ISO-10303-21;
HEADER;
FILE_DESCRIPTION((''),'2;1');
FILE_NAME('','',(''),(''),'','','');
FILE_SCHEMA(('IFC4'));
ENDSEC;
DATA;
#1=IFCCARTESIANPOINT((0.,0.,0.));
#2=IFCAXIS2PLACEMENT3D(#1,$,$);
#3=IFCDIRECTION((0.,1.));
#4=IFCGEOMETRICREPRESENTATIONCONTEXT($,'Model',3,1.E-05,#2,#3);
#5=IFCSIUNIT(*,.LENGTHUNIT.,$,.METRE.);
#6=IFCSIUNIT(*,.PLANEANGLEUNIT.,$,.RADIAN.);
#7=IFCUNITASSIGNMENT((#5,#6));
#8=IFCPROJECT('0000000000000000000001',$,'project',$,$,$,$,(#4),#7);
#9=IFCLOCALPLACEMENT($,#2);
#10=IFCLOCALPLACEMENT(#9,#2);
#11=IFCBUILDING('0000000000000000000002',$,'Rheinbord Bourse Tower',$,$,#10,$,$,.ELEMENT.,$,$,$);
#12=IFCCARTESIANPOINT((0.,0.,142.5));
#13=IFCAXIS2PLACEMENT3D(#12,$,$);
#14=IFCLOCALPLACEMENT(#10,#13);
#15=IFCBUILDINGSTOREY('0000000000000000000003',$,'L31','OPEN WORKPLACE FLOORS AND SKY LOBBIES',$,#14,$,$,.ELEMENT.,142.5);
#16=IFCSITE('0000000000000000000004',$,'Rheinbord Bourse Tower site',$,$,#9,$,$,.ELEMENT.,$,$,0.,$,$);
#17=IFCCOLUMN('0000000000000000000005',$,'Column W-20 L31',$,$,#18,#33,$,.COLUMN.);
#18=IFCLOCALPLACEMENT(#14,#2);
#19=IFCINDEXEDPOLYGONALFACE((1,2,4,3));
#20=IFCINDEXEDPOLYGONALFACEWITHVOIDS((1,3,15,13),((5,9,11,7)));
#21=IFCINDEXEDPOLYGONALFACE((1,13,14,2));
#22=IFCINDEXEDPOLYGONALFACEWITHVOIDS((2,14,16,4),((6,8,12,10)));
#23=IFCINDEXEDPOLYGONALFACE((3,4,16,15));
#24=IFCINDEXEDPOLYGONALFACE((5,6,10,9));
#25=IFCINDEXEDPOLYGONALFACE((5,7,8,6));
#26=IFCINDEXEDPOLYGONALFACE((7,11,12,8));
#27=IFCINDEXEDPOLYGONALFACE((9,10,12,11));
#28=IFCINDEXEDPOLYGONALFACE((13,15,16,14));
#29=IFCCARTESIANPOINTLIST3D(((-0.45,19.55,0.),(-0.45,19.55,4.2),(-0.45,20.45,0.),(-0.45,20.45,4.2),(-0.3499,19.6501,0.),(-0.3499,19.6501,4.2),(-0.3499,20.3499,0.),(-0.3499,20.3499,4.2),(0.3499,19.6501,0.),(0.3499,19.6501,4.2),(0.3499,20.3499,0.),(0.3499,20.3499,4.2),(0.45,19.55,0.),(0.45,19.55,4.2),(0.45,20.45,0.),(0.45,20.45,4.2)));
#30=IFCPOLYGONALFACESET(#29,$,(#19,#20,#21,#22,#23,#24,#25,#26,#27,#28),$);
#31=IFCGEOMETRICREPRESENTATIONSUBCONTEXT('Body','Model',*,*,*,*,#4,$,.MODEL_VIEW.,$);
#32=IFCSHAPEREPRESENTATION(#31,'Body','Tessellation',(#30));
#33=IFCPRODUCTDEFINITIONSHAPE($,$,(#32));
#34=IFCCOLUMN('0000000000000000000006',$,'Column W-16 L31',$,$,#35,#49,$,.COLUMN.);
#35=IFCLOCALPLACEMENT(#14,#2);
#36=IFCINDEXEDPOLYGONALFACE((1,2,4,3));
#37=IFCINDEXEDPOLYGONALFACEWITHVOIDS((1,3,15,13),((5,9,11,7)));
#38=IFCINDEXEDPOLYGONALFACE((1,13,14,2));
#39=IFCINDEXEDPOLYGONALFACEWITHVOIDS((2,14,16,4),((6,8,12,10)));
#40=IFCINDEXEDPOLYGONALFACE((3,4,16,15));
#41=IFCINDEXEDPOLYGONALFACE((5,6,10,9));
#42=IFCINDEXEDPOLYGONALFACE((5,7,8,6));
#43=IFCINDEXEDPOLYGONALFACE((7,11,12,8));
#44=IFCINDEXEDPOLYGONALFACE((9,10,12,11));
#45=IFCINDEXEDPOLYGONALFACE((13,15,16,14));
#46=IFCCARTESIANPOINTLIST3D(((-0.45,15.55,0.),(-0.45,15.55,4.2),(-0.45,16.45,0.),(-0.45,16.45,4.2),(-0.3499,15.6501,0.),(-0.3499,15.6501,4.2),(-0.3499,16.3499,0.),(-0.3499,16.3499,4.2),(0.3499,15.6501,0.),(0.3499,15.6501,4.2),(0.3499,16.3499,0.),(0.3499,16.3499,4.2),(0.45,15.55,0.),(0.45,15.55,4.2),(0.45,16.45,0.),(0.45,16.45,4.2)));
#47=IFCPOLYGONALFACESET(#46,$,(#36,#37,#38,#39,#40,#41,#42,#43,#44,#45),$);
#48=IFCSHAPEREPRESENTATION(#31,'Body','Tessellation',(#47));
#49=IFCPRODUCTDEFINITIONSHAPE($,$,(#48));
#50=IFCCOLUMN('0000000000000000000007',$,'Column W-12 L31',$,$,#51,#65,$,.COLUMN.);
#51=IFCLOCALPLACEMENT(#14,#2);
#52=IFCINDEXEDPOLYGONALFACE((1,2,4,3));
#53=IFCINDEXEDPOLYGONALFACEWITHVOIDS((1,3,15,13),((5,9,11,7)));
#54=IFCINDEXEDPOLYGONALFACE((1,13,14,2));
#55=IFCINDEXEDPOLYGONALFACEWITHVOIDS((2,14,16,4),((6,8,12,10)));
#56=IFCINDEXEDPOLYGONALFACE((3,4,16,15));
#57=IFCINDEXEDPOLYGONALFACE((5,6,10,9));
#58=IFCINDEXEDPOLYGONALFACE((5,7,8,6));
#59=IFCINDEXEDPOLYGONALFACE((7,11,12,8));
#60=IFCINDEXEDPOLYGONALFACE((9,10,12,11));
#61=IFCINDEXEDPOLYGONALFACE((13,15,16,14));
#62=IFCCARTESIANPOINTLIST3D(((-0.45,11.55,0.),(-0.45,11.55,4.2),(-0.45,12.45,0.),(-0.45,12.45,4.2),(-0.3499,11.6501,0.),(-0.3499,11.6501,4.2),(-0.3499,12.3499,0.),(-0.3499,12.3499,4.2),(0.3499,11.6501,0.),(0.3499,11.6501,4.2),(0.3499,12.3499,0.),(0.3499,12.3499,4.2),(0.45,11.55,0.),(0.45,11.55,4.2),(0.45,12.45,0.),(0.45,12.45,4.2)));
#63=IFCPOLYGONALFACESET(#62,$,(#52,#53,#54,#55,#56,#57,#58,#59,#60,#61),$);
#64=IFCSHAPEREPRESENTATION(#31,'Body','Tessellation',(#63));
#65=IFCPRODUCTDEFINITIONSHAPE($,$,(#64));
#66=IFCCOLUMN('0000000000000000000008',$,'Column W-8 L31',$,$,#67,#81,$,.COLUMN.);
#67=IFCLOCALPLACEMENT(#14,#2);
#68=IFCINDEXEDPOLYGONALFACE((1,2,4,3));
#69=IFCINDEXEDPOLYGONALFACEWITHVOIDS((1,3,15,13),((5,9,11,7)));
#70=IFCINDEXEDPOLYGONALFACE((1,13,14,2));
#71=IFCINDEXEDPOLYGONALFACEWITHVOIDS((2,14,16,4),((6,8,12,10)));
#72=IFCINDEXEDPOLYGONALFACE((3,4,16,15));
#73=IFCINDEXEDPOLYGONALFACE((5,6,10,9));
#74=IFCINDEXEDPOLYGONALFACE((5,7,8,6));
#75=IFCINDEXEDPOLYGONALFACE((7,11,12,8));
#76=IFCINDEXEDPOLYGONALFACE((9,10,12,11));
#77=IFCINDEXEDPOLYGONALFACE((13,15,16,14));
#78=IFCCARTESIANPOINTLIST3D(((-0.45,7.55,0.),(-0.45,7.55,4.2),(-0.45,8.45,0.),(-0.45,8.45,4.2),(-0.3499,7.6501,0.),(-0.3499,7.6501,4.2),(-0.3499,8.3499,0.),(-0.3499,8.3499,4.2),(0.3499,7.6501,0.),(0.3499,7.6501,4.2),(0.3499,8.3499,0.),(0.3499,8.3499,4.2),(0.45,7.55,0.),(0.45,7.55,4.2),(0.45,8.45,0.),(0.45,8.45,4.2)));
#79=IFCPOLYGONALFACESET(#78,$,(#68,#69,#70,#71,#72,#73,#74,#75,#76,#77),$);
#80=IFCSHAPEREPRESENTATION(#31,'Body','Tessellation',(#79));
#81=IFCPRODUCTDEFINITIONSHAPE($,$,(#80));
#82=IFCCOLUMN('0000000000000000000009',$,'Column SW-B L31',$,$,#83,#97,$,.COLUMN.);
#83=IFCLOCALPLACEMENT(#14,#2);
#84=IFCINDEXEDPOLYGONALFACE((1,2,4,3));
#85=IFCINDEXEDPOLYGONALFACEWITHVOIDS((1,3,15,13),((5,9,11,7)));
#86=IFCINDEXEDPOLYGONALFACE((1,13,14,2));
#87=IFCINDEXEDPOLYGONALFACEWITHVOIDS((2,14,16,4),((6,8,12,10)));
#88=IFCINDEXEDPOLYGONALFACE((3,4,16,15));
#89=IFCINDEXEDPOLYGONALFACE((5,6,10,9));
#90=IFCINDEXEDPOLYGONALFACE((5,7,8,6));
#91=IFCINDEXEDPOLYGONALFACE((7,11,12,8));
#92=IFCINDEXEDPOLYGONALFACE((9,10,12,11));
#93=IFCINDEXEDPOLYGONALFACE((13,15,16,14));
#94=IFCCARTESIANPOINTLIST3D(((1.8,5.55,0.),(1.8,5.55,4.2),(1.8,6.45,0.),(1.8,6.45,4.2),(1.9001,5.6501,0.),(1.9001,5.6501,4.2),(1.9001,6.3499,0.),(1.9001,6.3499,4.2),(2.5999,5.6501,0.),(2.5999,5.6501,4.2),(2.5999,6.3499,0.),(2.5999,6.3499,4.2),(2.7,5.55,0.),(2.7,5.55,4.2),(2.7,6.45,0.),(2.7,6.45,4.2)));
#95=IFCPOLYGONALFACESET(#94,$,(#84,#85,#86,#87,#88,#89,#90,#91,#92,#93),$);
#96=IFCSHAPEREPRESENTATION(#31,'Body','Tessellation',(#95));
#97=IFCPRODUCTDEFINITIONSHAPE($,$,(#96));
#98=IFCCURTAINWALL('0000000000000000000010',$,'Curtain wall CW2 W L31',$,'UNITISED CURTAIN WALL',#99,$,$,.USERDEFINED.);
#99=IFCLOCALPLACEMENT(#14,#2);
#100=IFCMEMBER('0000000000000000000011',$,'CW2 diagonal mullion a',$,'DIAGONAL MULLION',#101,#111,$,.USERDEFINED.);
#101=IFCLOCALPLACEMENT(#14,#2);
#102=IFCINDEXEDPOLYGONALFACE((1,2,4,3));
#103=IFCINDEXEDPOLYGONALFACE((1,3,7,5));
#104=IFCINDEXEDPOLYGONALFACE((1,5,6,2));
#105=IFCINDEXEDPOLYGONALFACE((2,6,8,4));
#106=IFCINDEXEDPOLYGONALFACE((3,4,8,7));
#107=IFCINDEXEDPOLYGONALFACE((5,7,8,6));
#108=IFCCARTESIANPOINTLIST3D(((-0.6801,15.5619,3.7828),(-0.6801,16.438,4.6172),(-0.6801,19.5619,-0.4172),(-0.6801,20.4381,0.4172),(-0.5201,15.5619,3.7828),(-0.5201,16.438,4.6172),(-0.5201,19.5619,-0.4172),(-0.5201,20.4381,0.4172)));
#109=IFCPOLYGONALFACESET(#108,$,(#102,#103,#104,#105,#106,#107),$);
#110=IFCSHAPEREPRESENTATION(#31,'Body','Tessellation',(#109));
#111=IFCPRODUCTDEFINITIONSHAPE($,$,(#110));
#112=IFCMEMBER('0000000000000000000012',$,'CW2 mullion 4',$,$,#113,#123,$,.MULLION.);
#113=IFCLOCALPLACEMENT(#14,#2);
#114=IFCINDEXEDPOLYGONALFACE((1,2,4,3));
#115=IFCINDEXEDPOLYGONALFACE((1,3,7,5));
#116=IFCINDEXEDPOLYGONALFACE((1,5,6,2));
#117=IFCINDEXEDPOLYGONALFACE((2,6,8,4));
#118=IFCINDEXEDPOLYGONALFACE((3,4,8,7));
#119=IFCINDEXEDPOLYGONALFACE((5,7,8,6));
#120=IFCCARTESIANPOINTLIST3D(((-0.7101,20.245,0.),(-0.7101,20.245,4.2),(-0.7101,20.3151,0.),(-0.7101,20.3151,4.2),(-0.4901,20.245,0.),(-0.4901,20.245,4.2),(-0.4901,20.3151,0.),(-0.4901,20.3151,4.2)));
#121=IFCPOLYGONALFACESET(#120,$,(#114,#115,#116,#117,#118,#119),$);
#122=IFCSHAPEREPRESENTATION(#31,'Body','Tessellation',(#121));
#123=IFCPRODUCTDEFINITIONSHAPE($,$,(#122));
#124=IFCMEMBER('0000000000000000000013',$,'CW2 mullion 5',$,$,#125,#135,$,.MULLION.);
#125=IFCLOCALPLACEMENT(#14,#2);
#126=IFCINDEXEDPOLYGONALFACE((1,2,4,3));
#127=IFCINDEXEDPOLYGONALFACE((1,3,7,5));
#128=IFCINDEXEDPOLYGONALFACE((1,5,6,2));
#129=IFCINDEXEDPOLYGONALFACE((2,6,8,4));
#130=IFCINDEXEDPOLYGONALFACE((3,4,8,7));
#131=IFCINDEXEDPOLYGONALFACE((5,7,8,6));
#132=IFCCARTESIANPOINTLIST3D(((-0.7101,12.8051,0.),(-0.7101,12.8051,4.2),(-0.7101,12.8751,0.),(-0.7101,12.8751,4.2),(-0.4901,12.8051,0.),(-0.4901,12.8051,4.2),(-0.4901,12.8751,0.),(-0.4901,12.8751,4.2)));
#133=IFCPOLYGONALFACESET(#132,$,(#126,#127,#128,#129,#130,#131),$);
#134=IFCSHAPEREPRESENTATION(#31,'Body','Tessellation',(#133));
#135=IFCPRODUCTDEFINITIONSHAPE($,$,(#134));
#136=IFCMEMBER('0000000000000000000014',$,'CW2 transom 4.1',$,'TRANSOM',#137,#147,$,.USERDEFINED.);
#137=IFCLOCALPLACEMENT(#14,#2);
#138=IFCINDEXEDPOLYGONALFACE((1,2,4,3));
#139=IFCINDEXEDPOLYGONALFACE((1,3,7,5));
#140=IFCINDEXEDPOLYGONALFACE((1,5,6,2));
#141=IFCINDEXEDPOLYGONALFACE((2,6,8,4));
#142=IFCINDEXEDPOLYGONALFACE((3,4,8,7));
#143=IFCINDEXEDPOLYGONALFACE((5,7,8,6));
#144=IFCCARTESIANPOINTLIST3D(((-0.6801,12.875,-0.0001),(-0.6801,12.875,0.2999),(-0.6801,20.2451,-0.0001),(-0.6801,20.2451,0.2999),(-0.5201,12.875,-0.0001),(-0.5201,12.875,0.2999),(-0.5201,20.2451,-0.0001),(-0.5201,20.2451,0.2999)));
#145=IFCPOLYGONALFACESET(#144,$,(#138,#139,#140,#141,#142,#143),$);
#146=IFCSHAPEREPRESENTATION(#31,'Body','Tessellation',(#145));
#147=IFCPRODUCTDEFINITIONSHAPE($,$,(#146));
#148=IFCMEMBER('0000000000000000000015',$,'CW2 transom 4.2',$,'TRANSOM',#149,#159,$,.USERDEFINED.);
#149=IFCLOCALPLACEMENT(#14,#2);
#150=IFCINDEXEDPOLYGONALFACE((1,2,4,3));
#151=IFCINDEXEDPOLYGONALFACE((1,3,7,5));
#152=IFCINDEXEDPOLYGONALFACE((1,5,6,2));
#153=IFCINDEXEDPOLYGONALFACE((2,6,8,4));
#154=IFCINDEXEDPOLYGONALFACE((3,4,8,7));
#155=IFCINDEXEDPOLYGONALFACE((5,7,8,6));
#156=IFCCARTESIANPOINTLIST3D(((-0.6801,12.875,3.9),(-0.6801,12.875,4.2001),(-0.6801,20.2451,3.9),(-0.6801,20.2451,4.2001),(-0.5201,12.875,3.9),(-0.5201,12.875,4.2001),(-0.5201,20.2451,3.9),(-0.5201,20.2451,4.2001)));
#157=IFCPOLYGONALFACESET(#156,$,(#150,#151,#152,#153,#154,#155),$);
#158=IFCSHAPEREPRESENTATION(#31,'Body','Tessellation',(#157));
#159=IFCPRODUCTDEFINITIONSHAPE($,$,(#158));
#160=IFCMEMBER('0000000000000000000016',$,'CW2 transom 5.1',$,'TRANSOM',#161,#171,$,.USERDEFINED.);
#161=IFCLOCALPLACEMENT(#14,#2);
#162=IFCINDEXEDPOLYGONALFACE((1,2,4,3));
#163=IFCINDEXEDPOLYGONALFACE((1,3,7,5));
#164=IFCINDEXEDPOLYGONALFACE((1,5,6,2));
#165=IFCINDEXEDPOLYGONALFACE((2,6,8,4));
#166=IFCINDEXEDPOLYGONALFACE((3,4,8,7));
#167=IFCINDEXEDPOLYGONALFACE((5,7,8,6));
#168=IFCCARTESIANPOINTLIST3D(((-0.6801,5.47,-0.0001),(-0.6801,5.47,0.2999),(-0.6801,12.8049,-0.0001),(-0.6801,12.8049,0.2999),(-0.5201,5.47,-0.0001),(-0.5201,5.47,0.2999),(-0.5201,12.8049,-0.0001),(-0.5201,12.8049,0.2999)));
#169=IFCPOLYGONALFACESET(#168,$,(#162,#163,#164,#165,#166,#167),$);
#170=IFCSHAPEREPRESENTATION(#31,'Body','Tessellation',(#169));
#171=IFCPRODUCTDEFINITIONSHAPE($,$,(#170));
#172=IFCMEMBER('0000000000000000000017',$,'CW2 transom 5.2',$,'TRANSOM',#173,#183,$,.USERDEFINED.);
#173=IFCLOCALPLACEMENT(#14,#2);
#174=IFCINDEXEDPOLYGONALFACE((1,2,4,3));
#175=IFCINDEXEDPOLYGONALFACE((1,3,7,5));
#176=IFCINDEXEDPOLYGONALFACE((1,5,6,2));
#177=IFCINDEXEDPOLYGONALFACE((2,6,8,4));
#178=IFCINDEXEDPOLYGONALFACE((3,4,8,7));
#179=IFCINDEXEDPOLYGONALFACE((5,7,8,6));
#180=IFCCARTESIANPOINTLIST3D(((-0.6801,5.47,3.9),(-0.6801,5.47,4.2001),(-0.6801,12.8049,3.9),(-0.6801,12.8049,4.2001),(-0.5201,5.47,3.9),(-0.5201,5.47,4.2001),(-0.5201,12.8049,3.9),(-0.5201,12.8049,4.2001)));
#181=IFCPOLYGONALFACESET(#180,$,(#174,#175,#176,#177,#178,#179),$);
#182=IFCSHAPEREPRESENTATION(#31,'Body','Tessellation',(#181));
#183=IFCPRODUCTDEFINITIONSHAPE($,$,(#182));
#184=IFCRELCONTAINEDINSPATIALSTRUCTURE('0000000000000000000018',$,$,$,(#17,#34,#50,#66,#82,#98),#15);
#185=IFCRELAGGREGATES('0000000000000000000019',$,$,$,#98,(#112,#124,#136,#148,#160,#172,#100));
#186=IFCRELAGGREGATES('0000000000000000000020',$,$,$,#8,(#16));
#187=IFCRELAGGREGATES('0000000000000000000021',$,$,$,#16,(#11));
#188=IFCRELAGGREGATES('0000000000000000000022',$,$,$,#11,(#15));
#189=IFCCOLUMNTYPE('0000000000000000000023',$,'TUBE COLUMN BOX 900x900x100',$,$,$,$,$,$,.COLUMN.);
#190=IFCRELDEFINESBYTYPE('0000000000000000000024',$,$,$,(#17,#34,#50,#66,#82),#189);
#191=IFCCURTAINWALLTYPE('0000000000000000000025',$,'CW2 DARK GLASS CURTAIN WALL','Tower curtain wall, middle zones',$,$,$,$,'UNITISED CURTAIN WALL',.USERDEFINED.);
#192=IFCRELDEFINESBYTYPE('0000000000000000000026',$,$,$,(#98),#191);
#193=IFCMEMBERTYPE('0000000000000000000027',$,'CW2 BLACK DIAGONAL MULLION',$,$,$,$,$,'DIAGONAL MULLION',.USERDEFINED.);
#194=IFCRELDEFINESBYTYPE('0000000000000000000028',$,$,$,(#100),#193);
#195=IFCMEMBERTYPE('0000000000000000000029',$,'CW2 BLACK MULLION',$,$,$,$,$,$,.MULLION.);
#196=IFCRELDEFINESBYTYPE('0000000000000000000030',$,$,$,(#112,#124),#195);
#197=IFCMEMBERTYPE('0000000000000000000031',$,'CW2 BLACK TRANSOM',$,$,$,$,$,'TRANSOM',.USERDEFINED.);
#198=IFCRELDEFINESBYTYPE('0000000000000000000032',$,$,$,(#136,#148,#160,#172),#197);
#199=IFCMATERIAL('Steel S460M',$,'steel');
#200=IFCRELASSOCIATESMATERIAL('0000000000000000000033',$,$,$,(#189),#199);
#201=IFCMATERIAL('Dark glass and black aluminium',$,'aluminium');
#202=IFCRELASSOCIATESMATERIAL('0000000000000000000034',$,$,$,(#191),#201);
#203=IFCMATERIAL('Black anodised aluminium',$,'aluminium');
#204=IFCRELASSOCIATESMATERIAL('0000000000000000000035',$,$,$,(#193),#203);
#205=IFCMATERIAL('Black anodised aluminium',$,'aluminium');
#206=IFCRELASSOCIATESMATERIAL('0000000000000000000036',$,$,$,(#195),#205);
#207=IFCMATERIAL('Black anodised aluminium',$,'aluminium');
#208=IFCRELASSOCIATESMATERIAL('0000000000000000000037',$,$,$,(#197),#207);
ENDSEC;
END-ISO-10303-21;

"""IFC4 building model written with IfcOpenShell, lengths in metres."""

from ifc_helpers import new_model, si_unit, direction, frame, origin, origin_2d, place, context, subcontext, project, spatial, rectangle, hollow_rectangle, extrude, material, material_profile, profile_set, type_object, element, aggregate, save


model = new_model("IFC4")

# Units and contexts
model_context = context("Model", 3, precision=1e-05, world=origin(), true_north=direction((0.0, 1.0)))
body_context = subcontext(model_context, "Body", "Model", "MODEL_VIEW")
ifc_project = project(units=[si_unit("LENGTHUNIT", "METRE"), si_unit("PLANEANGLEUNIT", "RADIAN")], contexts=[model_context])

# Site, building, storey
site_placement = place(None, origin())
site = spatial("IfcSite", under=ifc_project, at=site_placement, Name="Rheinbord Bourse Tower site", CompositionType="ELEMENT", RefElevation=0.0)
building_placement = place(site_placement, origin())
building = spatial("IfcBuilding", under=site, at=building_placement, Name="Rheinbord Bourse Tower", CompositionType="ELEMENT")
storey_placement = place(building_placement, frame((0.0, 0.0, 142.5)))
storey = spatial("IfcBuildingStorey", under=building, at=storey_placement, Name="L31", Description="OPEN WORKPLACE FLOORS AND SKY LOBBIES", CompositionType="ELEMENT", Elevation=142.5)

# Columns
ifc_material_1 = material(Name="Steel S460M", Category="steel")
ifc_material_profile_1 = material_profile(ifc_material_1, hollow_rectangle(XDim=0.8999, YDim=0.8999, WallThickness=0.1001, at=origin_2d()), Name="BOX 900x900x100")
ifc_profile_set_1 = profile_set([ifc_material_profile_1], Name="Steel S460M")
column_type = type_object("IfcColumnType", Name="TUBE COLUMN BOX 900x900x100", PredefinedType="COLUMN", material=ifc_profile_set_1)
for number, where, z_axis, x_axis, name in (
    (1, (0.0, 20.0, 0.0), (0.0, 0.0, 1.0), (1.0, 0.0, 0.0), "Column W-20 L31"),
    (2, (0.0, 16.0, 0.0), (0.0, 0.0, 1.0), (1.0, 0.0, 0.0), "Column W-16 L31"),
    (3, (0.0, 12.0, 0.0), (0.0, 0.0, 1.0), (1.0, 0.0, 0.0), "Column W-12 L31"),
    (4, (0.0, 8.0, 0.0), (0.0, 0.0, 1.0), (1.0, 0.0, 0.0), "Column W-8 L31"),
    (5, (2.25, 6.0, 0.0), (0.0, 0.0, 1.0), (1.0, 0.0, 0.0), "Column SW-B L31"),
):
    element("IfcColumn", number, at=place(storey_placement, frame(where, z_axis=z_axis, x_axis=x_axis)), inside=storey, type_object=column_type, Name=name, PredefinedType="COLUMN", context=body_context, shape_type="SweptSolid", body=[
        extrude(hollow_rectangle(XDim=0.8999, YDim=0.8999, WallThickness=0.1001, at=origin_2d()), origin(), (0.0, 0.0, 1.0), 4.2),
    ])

# Curtain wall, members
ifc_material_2 = material(Name="Dark glass and black aluminium", Category="aluminium")
curtain_wall_type = type_object("IfcCurtainWallType", Name="CW2 DARK GLASS CURTAIN WALL", Description="Tower curtain wall, middle zones", ElementType="UNITISED CURTAIN WALL", PredefinedType="USERDEFINED", material=ifc_material_2)
curtain_wall_placement = place(storey_placement, origin())
curtain_wall = element("IfcCurtainWall", 6, at=curtain_wall_placement, inside=storey, type_object=curtain_wall_type, Name="Curtain wall CW2 W L31", ObjectType="UNITISED CURTAIN WALL", PredefinedType="USERDEFINED")
ifc_material_3 = material(Name="Black anodised aluminium", Category="aluminium")
ifc_material_profile_2 = material_profile(ifc_material_3, rectangle(XDim=0.1599, YDim=1.21, at=origin_2d()), Name="CW2 DIAGONAL MULLION 1210x160")
ifc_profile_set_2 = profile_set([ifc_material_profile_2], Name="Black anodised aluminium")
member_type_1 = type_object("IfcMemberType", Name="CW2 BLACK DIAGONAL MULLION", ElementType="DIAGONAL MULLION", PredefinedType="USERDEFINED", material=ifc_profile_set_2)
member_1_placement = place(storey_placement, frame((-0.6001, 20.0, 0.0), z_axis=(0.0, -0.689659, 0.724134), x_axis=(1.0, 0.0, 0.0)))
member_1 = element("IfcMember", 7, at=member_1_placement, type_object=member_type_1, Name="CW2 diagonal mullion a", ObjectType="DIAGONAL MULLION", PredefinedType="USERDEFINED", context=body_context, shape_type="SweptSolid", body=[
    extrude(rectangle(XDim=0.1599, YDim=1.21, at=origin_2d()), origin(), (0.0, 0.0, 1.0), 5.8),
])
ifc_material_4 = material(Name="Black anodised aluminium", Category="aluminium")
ifc_material_profile_3 = material_profile(ifc_material_4, rectangle(XDim=0.22, YDim=0.0701, at=origin_2d()), Name="CW2 MULLION 70x220")
ifc_profile_set_3 = profile_set([ifc_material_profile_3], Name="Black anodised aluminium")
member_type_2 = type_object("IfcMemberType", Name="CW2 BLACK MULLION", PredefinedType="MULLION", material=ifc_profile_set_3)
member_2_placement = place(storey_placement, frame((-0.6001, 20.28, 0.0), z_axis=(0.0, 0.0, 1.0), x_axis=(1.0, 0.0, 0.0)))
member_2 = element("IfcMember", 8, at=member_2_placement, type_object=member_type_2, Name="CW2 mullion 4", PredefinedType="MULLION", context=body_context, shape_type="SweptSolid", body=[
    extrude(rectangle(XDim=0.22, YDim=0.0701, at=origin_2d()), origin(), (0.0, 0.0, 1.0), 4.2),
])
member_3_placement = place(storey_placement, frame((-0.6001, 12.8401, 0.0), z_axis=(0.0, 0.0, 1.0), x_axis=(1.0, 0.0, 0.0)))
member_3 = element("IfcMember", 9, at=member_3_placement, type_object=member_type_2, Name="CW2 mullion 5", PredefinedType="MULLION", context=body_context, shape_type="SweptSolid", body=[
    extrude(rectangle(XDim=0.22, YDim=0.0701, at=origin_2d()), origin(), (0.0, 0.0, 1.0), 4.2),
])
ifc_material_5 = material(Name="Black anodised aluminium", Category="aluminium")
ifc_material_profile_4 = material_profile(ifc_material_5, rectangle(XDim=0.1599, YDim=0.3, at=origin_2d()), Name="CW2 TRANSOM 300x160")
ifc_profile_set_4 = profile_set([ifc_material_profile_4], Name="Black anodised aluminium")
member_type_3 = type_object("IfcMemberType", Name="CW2 BLACK TRANSOM", ElementType="TRANSOM", PredefinedType="USERDEFINED", material=ifc_profile_set_4)
member_4_placement = place(storey_placement, frame((-0.6001, 20.2451, 0.1499), z_axis=(0.0, -1.0, 0.0), x_axis=(1.0, 0.0, 0.0)))
member_4 = element("IfcMember", 10, at=member_4_placement, type_object=member_type_3, Name="CW2 transom 4.1", ObjectType="TRANSOM", PredefinedType="USERDEFINED", context=body_context, shape_type="SweptSolid", body=[
    extrude(rectangle(XDim=0.1599, YDim=0.3, at=origin_2d()), origin(), (0.0, 0.0, 1.0), 7.3701),
])
member_5_placement = place(storey_placement, frame((-0.6001, 20.2451, 4.05), z_axis=(0.0, -1.0, 0.0), x_axis=(1.0, 0.0, 0.0)))
member_5 = element("IfcMember", 11, at=member_5_placement, type_object=member_type_3, Name="CW2 transom 4.2", ObjectType="TRANSOM", PredefinedType="USERDEFINED", context=body_context, shape_type="SweptSolid", body=[
    extrude(rectangle(XDim=0.1599, YDim=0.3, at=origin_2d()), origin(), (0.0, 0.0, 1.0), 7.3701),
])
member_6_placement = place(storey_placement, frame((-0.6001, 12.8049, 0.1499), z_axis=(0.0, -1.0, 0.0), x_axis=(1.0, 0.0, 0.0)))
member_6 = element("IfcMember", 12, at=member_6_placement, type_object=member_type_3, Name="CW2 transom 5.1", ObjectType="TRANSOM", PredefinedType="USERDEFINED", context=body_context, shape_type="SweptSolid", body=[
    extrude(rectangle(XDim=0.1599, YDim=0.3, at=origin_2d()), origin(), (0.0, 0.0, 1.0), 7.335),
])
member_7_placement = place(storey_placement, frame((-0.6001, 12.8049, 4.05), z_axis=(0.0, -1.0, 0.0), x_axis=(1.0, 0.0, 0.0)))
member_7 = element("IfcMember", 13, at=member_7_placement, type_object=member_type_3, Name="CW2 transom 5.2", ObjectType="TRANSOM", PredefinedType="USERDEFINED", context=body_context, shape_type="SweptSolid", body=[
    extrude(rectangle(XDim=0.1599, YDim=0.3, at=origin_2d()), origin(), (0.0, 0.0, 1.0), 7.335),
])

aggregate(curtain_wall, [member_2, member_3, member_4, member_5, member_6, member_7, member_1])

save(model, "model.ifc")
